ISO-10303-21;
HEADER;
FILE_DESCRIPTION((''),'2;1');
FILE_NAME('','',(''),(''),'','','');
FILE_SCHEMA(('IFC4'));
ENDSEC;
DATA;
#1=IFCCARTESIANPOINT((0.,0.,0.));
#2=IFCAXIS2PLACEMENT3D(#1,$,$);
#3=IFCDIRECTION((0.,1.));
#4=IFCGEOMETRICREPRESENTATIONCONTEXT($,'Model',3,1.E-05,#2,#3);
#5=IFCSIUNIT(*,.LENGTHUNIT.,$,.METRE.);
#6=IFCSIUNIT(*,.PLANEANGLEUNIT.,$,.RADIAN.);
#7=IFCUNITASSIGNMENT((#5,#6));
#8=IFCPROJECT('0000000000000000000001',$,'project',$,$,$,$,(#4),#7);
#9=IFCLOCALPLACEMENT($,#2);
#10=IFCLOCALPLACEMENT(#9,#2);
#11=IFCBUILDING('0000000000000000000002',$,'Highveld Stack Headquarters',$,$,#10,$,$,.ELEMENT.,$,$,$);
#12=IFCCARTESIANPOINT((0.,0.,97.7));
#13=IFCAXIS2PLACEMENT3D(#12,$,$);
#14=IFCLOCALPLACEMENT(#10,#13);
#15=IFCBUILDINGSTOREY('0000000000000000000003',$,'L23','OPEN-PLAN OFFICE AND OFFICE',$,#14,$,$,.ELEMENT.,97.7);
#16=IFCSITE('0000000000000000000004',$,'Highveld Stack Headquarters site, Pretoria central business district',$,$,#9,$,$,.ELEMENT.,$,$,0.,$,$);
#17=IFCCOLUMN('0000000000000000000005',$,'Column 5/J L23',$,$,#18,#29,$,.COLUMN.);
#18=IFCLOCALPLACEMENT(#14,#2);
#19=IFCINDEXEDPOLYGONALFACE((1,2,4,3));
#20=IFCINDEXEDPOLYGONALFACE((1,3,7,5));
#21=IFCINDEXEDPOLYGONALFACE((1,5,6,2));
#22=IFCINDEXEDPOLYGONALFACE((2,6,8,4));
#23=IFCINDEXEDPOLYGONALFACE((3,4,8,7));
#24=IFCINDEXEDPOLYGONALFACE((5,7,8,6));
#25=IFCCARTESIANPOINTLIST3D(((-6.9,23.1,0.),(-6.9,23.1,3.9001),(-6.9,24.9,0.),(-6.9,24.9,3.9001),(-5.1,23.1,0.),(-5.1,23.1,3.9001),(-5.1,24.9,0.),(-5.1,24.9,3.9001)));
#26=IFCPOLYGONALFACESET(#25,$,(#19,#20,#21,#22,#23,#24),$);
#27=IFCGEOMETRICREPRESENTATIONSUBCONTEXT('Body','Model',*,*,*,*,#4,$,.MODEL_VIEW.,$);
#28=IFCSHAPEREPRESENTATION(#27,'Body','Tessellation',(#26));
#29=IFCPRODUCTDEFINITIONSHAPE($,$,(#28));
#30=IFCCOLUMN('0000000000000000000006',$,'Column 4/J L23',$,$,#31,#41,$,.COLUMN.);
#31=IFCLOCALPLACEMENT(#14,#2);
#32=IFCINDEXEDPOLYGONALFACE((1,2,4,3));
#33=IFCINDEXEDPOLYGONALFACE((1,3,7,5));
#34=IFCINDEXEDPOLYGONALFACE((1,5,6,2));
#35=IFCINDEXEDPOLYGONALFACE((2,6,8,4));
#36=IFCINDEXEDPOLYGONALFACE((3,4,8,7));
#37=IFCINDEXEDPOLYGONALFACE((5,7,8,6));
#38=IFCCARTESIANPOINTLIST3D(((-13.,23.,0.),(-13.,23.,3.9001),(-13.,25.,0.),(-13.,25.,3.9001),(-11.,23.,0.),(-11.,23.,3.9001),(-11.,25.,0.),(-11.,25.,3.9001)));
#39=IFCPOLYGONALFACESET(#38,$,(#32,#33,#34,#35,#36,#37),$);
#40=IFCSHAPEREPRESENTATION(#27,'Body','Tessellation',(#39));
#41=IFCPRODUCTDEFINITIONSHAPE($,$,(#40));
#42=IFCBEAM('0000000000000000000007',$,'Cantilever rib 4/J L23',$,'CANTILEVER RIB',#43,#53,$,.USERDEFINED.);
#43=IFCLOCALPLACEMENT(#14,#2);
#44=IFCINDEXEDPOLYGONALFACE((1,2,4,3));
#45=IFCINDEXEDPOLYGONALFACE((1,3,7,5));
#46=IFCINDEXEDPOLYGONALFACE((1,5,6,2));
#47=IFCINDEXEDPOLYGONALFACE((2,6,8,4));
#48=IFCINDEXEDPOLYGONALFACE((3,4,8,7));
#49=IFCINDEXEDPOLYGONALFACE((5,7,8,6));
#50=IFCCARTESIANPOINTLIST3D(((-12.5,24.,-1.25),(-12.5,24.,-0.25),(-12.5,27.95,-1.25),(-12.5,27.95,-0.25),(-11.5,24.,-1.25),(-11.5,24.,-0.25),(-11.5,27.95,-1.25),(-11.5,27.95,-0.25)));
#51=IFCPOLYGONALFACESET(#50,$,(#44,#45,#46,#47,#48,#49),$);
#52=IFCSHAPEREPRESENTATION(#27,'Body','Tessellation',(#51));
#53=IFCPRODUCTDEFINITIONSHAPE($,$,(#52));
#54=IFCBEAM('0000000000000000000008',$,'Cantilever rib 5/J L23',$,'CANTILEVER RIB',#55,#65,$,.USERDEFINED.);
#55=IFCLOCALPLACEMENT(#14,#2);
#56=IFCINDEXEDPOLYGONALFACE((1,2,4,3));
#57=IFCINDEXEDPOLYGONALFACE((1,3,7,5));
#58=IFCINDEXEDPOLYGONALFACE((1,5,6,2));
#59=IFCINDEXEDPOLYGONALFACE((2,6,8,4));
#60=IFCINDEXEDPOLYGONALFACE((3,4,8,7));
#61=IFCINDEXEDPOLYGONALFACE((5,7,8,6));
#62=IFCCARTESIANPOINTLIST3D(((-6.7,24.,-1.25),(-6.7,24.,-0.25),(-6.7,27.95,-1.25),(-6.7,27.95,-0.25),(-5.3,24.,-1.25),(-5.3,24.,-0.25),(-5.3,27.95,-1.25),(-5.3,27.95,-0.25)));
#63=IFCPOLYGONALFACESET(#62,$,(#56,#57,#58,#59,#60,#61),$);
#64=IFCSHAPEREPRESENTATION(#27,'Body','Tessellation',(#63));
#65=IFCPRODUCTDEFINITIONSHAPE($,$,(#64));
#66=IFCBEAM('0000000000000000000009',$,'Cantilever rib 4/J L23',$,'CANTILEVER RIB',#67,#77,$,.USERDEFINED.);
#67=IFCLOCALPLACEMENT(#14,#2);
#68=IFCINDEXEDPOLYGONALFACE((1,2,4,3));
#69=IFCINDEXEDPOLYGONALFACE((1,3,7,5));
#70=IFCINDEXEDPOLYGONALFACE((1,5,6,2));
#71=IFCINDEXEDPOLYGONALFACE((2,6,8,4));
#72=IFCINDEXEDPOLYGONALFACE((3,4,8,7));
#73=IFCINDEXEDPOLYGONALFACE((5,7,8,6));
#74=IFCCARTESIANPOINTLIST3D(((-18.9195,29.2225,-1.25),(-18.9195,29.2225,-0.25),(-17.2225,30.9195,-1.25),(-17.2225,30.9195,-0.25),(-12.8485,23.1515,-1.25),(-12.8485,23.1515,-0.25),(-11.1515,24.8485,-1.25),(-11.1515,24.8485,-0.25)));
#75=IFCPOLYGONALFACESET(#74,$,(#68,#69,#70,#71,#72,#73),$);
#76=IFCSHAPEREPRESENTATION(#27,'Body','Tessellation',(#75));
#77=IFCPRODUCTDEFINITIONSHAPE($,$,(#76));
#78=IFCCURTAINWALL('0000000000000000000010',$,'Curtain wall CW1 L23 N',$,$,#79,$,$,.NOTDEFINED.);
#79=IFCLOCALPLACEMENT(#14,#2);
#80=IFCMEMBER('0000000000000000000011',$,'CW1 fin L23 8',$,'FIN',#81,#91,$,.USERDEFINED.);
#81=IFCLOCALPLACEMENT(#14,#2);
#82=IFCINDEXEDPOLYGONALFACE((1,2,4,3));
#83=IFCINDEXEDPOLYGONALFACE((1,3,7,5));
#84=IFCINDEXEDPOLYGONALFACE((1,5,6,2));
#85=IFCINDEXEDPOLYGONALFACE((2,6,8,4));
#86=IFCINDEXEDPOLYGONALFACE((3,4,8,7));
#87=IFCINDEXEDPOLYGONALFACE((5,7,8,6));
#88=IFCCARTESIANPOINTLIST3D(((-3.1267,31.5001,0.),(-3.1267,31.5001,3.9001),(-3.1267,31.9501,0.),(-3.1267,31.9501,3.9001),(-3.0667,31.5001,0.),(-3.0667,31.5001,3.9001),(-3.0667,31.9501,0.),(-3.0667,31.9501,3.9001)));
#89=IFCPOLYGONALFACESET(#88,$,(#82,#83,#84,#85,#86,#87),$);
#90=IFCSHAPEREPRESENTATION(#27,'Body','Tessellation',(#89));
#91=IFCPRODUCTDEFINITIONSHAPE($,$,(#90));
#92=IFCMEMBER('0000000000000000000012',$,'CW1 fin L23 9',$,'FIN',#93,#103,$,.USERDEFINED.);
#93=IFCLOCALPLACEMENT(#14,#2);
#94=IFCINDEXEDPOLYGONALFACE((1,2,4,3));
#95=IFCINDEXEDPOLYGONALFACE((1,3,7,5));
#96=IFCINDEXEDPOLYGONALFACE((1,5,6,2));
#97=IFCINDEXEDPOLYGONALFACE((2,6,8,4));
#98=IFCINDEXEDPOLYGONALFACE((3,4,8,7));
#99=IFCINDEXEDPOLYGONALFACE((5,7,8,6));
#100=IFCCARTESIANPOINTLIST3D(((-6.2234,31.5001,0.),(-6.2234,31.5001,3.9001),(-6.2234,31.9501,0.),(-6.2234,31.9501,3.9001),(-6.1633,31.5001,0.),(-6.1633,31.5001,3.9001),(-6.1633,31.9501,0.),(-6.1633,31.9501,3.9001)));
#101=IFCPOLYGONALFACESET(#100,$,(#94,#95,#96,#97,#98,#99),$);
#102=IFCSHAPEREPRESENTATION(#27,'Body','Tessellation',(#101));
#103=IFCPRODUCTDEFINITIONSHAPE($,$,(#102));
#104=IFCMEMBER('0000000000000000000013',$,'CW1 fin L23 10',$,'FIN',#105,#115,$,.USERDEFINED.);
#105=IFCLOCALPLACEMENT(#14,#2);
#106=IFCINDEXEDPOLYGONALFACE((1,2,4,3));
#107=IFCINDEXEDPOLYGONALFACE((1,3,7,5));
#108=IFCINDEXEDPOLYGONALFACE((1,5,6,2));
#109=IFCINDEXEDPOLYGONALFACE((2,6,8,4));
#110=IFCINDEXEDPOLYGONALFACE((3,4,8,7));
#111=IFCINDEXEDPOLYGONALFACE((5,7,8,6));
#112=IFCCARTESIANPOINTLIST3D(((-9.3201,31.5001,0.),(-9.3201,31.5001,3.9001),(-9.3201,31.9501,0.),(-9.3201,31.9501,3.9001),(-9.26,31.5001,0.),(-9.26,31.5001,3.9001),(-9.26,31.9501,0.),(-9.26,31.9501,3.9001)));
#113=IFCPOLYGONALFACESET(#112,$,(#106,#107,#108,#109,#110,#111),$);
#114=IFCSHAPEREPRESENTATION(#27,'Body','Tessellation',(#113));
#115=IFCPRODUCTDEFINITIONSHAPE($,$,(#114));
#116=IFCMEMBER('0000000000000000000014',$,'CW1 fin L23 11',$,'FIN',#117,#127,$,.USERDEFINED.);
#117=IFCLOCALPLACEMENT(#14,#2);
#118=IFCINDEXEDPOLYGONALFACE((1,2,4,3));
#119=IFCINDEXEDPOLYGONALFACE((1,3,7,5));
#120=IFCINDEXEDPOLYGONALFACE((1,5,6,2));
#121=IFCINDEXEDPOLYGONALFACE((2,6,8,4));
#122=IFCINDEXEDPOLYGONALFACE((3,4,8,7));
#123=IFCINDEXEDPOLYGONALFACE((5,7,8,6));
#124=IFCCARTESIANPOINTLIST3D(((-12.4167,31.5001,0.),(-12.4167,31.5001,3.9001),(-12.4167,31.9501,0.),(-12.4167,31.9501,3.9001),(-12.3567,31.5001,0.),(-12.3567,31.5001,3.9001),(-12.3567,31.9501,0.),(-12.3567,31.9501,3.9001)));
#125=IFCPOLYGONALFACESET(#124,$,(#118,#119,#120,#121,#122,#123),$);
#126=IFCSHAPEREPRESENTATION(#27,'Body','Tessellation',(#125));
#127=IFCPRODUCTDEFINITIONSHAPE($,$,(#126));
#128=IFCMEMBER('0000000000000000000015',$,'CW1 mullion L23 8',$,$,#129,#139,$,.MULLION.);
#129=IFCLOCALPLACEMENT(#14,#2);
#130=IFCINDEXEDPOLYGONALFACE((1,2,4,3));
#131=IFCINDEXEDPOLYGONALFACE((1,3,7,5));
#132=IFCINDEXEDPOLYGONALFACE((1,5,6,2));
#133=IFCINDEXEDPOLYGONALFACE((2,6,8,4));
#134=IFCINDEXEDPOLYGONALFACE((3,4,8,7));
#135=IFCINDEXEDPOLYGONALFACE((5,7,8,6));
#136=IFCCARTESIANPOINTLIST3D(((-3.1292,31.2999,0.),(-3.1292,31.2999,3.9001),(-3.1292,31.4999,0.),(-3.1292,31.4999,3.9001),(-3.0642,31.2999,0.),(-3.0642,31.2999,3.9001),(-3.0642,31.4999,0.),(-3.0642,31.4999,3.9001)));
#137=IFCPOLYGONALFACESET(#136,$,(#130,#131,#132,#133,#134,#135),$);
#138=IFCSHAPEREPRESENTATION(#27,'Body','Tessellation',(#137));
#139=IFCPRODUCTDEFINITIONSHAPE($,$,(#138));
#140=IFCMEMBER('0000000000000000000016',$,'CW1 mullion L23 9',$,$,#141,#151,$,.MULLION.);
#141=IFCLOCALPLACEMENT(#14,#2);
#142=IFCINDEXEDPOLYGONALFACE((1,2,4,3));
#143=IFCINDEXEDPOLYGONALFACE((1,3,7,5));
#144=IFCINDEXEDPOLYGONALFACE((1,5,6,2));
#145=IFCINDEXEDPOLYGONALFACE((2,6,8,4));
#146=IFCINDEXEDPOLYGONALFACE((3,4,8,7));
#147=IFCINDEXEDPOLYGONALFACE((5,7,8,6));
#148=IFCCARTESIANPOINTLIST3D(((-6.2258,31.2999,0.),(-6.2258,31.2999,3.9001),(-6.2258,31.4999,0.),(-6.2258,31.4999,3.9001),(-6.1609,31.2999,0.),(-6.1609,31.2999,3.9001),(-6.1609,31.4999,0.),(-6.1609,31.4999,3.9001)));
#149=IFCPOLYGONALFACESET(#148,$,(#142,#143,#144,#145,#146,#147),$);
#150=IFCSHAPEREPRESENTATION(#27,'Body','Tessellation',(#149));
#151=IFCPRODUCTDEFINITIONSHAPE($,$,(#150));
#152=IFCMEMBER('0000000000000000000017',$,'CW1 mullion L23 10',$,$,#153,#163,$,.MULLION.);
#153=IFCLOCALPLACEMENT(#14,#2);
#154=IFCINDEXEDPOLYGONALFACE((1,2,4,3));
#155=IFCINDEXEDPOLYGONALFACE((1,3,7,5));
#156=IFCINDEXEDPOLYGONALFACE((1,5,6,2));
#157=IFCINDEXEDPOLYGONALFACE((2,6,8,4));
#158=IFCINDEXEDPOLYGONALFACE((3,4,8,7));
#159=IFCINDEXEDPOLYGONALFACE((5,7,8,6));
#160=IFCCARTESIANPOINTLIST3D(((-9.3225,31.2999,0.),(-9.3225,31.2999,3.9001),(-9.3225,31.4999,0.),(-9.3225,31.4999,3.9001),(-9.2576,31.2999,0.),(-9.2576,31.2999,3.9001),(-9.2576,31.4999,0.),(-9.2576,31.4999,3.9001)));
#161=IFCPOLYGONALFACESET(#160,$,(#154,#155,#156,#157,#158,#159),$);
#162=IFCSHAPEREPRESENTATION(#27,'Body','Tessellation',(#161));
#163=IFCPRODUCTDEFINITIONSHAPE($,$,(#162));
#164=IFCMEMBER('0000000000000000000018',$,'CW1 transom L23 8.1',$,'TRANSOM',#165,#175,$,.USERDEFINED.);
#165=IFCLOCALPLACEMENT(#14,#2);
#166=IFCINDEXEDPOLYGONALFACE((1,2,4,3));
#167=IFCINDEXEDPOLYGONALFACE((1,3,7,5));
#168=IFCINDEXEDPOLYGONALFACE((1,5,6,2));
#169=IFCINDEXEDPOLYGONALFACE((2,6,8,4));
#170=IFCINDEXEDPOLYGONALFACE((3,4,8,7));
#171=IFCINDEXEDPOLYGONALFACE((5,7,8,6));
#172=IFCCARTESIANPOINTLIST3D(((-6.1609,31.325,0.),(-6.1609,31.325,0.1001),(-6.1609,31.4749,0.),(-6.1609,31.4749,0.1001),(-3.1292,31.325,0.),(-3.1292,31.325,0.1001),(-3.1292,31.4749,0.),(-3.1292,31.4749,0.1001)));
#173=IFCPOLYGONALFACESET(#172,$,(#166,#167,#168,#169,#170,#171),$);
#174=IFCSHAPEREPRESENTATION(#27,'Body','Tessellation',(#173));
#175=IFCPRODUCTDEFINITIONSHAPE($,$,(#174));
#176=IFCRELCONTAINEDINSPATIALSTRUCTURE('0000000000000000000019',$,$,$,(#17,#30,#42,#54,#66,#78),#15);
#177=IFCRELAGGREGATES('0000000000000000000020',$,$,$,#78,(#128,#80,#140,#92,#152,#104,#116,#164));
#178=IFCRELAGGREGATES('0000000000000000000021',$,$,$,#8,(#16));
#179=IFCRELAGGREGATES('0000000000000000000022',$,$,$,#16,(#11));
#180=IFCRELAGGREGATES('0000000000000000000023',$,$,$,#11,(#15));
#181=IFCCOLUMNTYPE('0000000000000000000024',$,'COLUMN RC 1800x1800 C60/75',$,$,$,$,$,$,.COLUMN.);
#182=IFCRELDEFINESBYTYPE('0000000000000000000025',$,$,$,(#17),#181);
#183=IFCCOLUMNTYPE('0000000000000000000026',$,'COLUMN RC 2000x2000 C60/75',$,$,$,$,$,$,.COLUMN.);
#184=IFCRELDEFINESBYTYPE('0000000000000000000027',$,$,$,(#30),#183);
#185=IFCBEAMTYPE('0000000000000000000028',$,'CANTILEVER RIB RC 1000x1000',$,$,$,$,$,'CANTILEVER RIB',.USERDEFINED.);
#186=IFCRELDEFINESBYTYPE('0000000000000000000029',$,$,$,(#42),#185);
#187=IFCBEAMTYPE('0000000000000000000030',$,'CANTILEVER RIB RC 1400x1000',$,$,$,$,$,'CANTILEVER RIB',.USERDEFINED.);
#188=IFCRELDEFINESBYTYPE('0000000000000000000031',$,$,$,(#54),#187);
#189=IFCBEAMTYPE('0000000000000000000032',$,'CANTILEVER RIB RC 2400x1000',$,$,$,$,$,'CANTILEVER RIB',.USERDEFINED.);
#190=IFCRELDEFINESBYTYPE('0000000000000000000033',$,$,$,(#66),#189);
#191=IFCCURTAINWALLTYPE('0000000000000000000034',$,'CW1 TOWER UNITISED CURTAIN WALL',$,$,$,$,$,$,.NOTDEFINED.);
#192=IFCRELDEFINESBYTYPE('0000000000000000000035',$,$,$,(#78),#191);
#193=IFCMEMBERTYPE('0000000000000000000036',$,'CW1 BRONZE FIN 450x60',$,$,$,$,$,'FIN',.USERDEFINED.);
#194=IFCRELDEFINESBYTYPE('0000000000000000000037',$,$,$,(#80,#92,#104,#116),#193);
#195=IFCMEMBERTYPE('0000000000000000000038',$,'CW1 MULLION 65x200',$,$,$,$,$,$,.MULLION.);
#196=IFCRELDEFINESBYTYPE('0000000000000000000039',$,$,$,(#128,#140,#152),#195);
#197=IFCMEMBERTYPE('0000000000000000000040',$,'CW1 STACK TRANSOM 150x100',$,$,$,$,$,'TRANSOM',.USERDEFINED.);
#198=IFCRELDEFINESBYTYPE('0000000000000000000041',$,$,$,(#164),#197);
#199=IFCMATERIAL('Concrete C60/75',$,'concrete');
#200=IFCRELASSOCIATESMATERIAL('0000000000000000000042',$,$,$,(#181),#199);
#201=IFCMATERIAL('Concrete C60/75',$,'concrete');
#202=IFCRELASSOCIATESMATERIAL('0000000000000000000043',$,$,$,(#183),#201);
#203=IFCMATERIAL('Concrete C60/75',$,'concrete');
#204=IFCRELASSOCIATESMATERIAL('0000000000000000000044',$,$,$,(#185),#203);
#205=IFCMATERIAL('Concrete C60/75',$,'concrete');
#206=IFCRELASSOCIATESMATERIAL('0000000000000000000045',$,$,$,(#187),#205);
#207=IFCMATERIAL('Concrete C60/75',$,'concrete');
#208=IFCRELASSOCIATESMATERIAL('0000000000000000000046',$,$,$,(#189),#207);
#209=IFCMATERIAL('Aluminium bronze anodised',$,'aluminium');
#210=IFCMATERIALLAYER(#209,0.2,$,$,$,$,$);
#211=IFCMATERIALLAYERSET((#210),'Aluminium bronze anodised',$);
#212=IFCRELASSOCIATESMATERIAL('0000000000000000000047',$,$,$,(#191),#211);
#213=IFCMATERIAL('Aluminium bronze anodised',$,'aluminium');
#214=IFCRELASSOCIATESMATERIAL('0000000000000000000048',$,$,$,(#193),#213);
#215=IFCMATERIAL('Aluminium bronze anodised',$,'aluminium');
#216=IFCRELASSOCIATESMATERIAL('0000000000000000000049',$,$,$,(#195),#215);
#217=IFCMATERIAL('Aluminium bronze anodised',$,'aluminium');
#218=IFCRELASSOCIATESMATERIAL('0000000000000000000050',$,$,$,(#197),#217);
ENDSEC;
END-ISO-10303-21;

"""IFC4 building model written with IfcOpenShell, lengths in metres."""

from ifc_helpers import new_model, si_unit, direction, frame, origin, origin_2d, place, context, subcontext, project, spatial, rectangle, extrude, material, layer, layer_set, material_profile, profile_set, type_object, element, aggregate, save


model = new_model("IFC4")

# Units and contexts
model_context = context("Model", 3, precision=1e-05, world=origin(), true_north=direction((0.0, 1.0)))
body_context = subcontext(model_context, "Body", "Model", "MODEL_VIEW")
ifc_project = project(units=[si_unit("LENGTHUNIT", "METRE"), si_unit("PLANEANGLEUNIT", "RADIAN")], contexts=[model_context])

# Site, building, storey
site_placement = place(None, origin())
site = spatial("IfcSite", under=ifc_project, at=site_placement, Name="Highveld Stack Headquarters site, Pretoria central business district", CompositionType="ELEMENT", RefElevation=0.0)
building_placement = place(site_placement, origin())
building = spatial("IfcBuilding", under=site, at=building_placement, Name="Highveld Stack Headquarters", CompositionType="ELEMENT")
storey_placement = place(building_placement, frame((0.0, 0.0, 97.7)))
storey = spatial("IfcBuildingStorey", under=building, at=storey_placement, Name="L23", Description="OPEN-PLAN OFFICE AND OFFICE", CompositionType="ELEMENT", Elevation=97.7)

# Columns
ifc_material_1 = material(Name="Concrete C60/75", Category="concrete")
ifc_material_profile_1 = material_profile(ifc_material_1, rectangle(XDim=1.8, YDim=1.8, at=origin_2d()), Name="RC 1800x1800")
ifc_profile_set_1 = profile_set([ifc_material_profile_1], Name="Concrete C60/75")
column_type_1 = type_object("IfcColumnType", Name="COLUMN RC 1800x1800 C60/75", PredefinedType="COLUMN", material=ifc_profile_set_1)
column_1_placement = place(storey_placement, frame((-6.0, 24.0, 0.0), z_axis=(0.0, 0.0, 1.0), x_axis=(1.0, 0.0, 0.0)))
element("IfcColumn", 1, at=column_1_placement, inside=storey, type_object=column_type_1, Name="Column 5/J L23", PredefinedType="COLUMN", context=body_context, shape_type="SweptSolid", body=[
    extrude(rectangle(XDim=1.8, YDim=1.8, at=origin_2d()), origin(), (0.0, 0.0, 1.0), 3.9001),
])
ifc_material_2 = material(Name="Concrete C60/75", Category="concrete")
ifc_material_profile_2 = material_profile(ifc_material_2, rectangle(XDim=2.0, YDim=2.0, at=origin_2d()), Name="RC 2000x2000")
ifc_profile_set_2 = profile_set([ifc_material_profile_2], Name="Concrete C60/75")
column_type_2 = type_object("IfcColumnType", Name="COLUMN RC 2000x2000 C60/75", PredefinedType="COLUMN", material=ifc_profile_set_2)
column_2_placement = place(storey_placement, frame((-12.0, 24.0, 0.0), z_axis=(0.0, 0.0, 1.0), x_axis=(1.0, 0.0, 0.0)))
element("IfcColumn", 2, at=column_2_placement, inside=storey, type_object=column_type_2, Name="Column 4/J L23", PredefinedType="COLUMN", context=body_context, shape_type="SweptSolid", body=[
    extrude(rectangle(XDim=2.0, YDim=2.0, at=origin_2d()), origin(), (0.0, 0.0, 1.0), 3.9001),
])

# Beams
ifc_material_3 = material(Name="Concrete C60/75", Category="concrete")
ifc_material_profile_3 = material_profile(ifc_material_3, rectangle(XDim=1.0, YDim=1.0, at=origin_2d()), Name="RC 1000x1000")
ifc_profile_set_3 = profile_set([ifc_material_profile_3], Name="Concrete C60/75")
beam_type_1 = type_object("IfcBeamType", Name="CANTILEVER RIB RC 1000x1000", ElementType="CANTILEVER RIB", PredefinedType="USERDEFINED", material=ifc_profile_set_3)
beam_1_placement = place(storey_placement, frame((-12.0, 24.0, -0.75), z_axis=(0.0, 1.0, 0.0), x_axis=(-1.0, 0.0, 0.0)))
element("IfcBeam", 3, at=beam_1_placement, inside=storey, type_object=beam_type_1, Name="Cantilever rib 4/J L23", ObjectType="CANTILEVER RIB", PredefinedType="USERDEFINED", context=body_context, shape_type="SweptSolid", body=[
    extrude(rectangle(XDim=1.0, YDim=1.0, at=origin_2d()), origin(), (0.0, 0.0, 1.0), 3.95),
])
ifc_material_4 = material(Name="Concrete C60/75", Category="concrete")
ifc_material_profile_4 = material_profile(ifc_material_4, rectangle(XDim=1.3999, YDim=1.0, at=origin_2d()), Name="RC 1400x1000")
ifc_profile_set_4 = profile_set([ifc_material_profile_4], Name="Concrete C60/75")
beam_type_2 = type_object("IfcBeamType", Name="CANTILEVER RIB RC 1400x1000", ElementType="CANTILEVER RIB", PredefinedType="USERDEFINED", material=ifc_profile_set_4)
beam_2_placement = place(storey_placement, frame((-6.0, 24.0, -0.75), z_axis=(0.0, 1.0, 0.0), x_axis=(-1.0, 0.0, 0.0)))
element("IfcBeam", 4, at=beam_2_placement, inside=storey, type_object=beam_type_2, Name="Cantilever rib 5/J L23", ObjectType="CANTILEVER RIB", PredefinedType="USERDEFINED", context=body_context, shape_type="SweptSolid", body=[
    extrude(rectangle(XDim=1.3999, YDim=1.0, at=origin_2d()), origin(), (0.0, 0.0, 1.0), 3.95),
])
ifc_material_5 = material(Name="Concrete C60/75", Category="concrete")
ifc_material_profile_5 = material_profile(ifc_material_5, rectangle(XDim=2.3999, YDim=1.0, at=origin_2d()), Name="RC 2400x1000")
ifc_profile_set_5 = profile_set([ifc_material_profile_5], Name="Concrete C60/75")
beam_type_3 = type_object("IfcBeamType", Name="CANTILEVER RIB RC 2400x1000", ElementType="CANTILEVER RIB", PredefinedType="USERDEFINED", material=ifc_profile_set_5)
beam_3_placement = place(storey_placement, frame((-12.0, 24.0, -0.75), z_axis=(-0.707107, 0.707107, 0.0), x_axis=(-0.707107, -0.707107, 0.0)))
element("IfcBeam", 5, at=beam_3_placement, inside=storey, type_object=beam_type_3, Name="Cantilever rib 4/J L23", ObjectType="CANTILEVER RIB", PredefinedType="USERDEFINED", context=body_context, shape_type="SweptSolid", body=[
    extrude(rectangle(XDim=2.3999, YDim=1.0, at=origin_2d()), origin(), (0.0, 0.0, 1.0), 8.5857),
])

# Curtain wall, members
ifc_material_6 = material(Name="Aluminium bronze anodised", Category="aluminium")
ifc_layer_1 = layer(ifc_material_6, 0.2)
ifc_layer_set_1 = layer_set([ifc_layer_1], Name="Aluminium bronze anodised")
curtain_wall_type = type_object("IfcCurtainWallType", Name="CW1 TOWER UNITISED CURTAIN WALL", PredefinedType="NOTDEFINED", material=ifc_layer_set_1)
curtain_wall_placement = place(storey_placement, origin())
curtain_wall = element("IfcCurtainWall", 6, at=curtain_wall_placement, inside=storey, type_object=curtain_wall_type, Name="Curtain wall CW1 L23 N", PredefinedType="NOTDEFINED")
ifc_material_7 = material(Name="Aluminium bronze anodised", Category="aluminium")
ifc_material_profile_6 = material_profile(ifc_material_7, rectangle(XDim=0.45, YDim=0.0601, at=origin_2d()), Name="FIN 450x60")
ifc_profile_set_6 = profile_set([ifc_material_profile_6], Name="Aluminium bronze anodised")
member_type_1 = type_object("IfcMemberType", Name="CW1 BRONZE FIN 450x60", ElementType="FIN", PredefinedType="USERDEFINED", material=ifc_profile_set_6)
member_1_placement = place(storey_placement, frame((-3.0967, 31.7251, 0.0), z_axis=(0.0, 0.0, 1.0), x_axis=(0.0, -1.0, 0.0)))
member_1 = element("IfcMember", 7, at=member_1_placement, type_object=member_type_1, Name="CW1 fin L23 8", ObjectType="FIN", PredefinedType="USERDEFINED", context=body_context, shape_type="SweptSolid", body=[
    extrude(rectangle(XDim=0.45, YDim=0.0601, at=origin_2d()), origin(), (0.0, 0.0, 1.0), 3.9001),
])
member_2_placement = place(storey_placement, frame((-6.1934, 31.7251, 0.0), z_axis=(0.0, 0.0, 1.0), x_axis=(0.0, -1.0, 0.0)))
member_2 = element("IfcMember", 8, at=member_2_placement, type_object=member_type_1, Name="CW1 fin L23 9", ObjectType="FIN", PredefinedType="USERDEFINED", context=body_context, shape_type="SweptSolid", body=[
    extrude(rectangle(XDim=0.45, YDim=0.0601, at=origin_2d()), origin(), (0.0, 0.0, 1.0), 3.9001),
])
member_3_placement = place(storey_placement, frame((-9.29, 31.7251, 0.0), z_axis=(0.0, 0.0, 1.0), x_axis=(0.0, -1.0, 0.0)))
member_3 = element("IfcMember", 9, at=member_3_placement, type_object=member_type_1, Name="CW1 fin L23 10", ObjectType="FIN", PredefinedType="USERDEFINED", context=body_context, shape_type="SweptSolid", body=[
    extrude(rectangle(XDim=0.45, YDim=0.0601, at=origin_2d()), origin(), (0.0, 0.0, 1.0), 3.9001),
])
member_4_placement = place(storey_placement, frame((-12.3867, 31.7251, 0.0), z_axis=(0.0, 0.0, 1.0), x_axis=(0.0, -1.0, 0.0)))
member_4 = element("IfcMember", 10, at=member_4_placement, type_object=member_type_1, Name="CW1 fin L23 11", ObjectType="FIN", PredefinedType="USERDEFINED", context=body_context, shape_type="SweptSolid", body=[
    extrude(rectangle(XDim=0.45, YDim=0.0601, at=origin_2d()), origin(), (0.0, 0.0, 1.0), 3.9001),
])
ifc_material_8 = material(Name="Aluminium bronze anodised", Category="aluminium")
ifc_material_profile_7 = material_profile(ifc_material_8, rectangle(XDim=0.2, YDim=0.0649, at=origin_2d()), Name="CW1 MULLION 65x200")
ifc_profile_set_7 = profile_set([ifc_material_profile_7], Name="Aluminium bronze anodised")
member_type_2 = type_object("IfcMemberType", Name="CW1 MULLION 65x200", PredefinedType="MULLION", material=ifc_profile_set_7)
member_5_placement = place(storey_placement, frame((-3.0967, 31.3999, 0.0), z_axis=(0.0, 0.0, 1.0), x_axis=(0.0, -1.0, 0.0)))
member_5 = element("IfcMember", 11, at=member_5_placement, type_object=member_type_2, Name="CW1 mullion L23 8", PredefinedType="MULLION", context=body_context, shape_type="SweptSolid", body=[
    extrude(rectangle(XDim=0.2, YDim=0.0649, at=origin_2d()), origin(), (0.0, 0.0, 1.0), 3.9001),
])
member_6_placement = place(storey_placement, frame((-6.1934, 31.3999, 0.0), z_axis=(0.0, 0.0, 1.0), x_axis=(0.0, -1.0, 0.0)))
member_6 = element("IfcMember", 12, at=member_6_placement, type_object=member_type_2, Name="CW1 mullion L23 9", PredefinedType="MULLION", context=body_context, shape_type="SweptSolid", body=[
    extrude(rectangle(XDim=0.2, YDim=0.0649, at=origin_2d()), origin(), (0.0, 0.0, 1.0), 3.9001),
])
member_7_placement = place(storey_placement, frame((-9.29, 31.3999, 0.0), z_axis=(0.0, 0.0, 1.0), x_axis=(0.0, -1.0, 0.0)))
member_7 = element("IfcMember", 13, at=member_7_placement, type_object=member_type_2, Name="CW1 mullion L23 10", PredefinedType="MULLION", context=body_context, shape_type="SweptSolid", body=[
    extrude(rectangle(XDim=0.2, YDim=0.0649, at=origin_2d()), origin(), (0.0, 0.0, 1.0), 3.9001),
])
ifc_material_9 = material(Name="Aluminium bronze anodised", Category="aluminium")
ifc_material_profile_8 = material_profile(ifc_material_9, rectangle(XDim=0.1499, YDim=0.1001, at=origin_2d()), Name="CW1 TRANSOM 150x100")
ifc_profile_set_8 = profile_set([ifc_material_profile_8], Name="Aluminium bronze anodised")
member_type_3 = type_object("IfcMemberType", Name="CW1 STACK TRANSOM 150x100", ElementType="TRANSOM", PredefinedType="USERDEFINED", material=ifc_profile_set_8)
member_8_placement = place(storey_placement, frame((-3.1292, 31.3999, 0.05), z_axis=(-1.0, 0.0, 0.0), x_axis=(0.0, -1.0, 0.0)))
member_8 = element("IfcMember", 14, at=member_8_placement, type_object=member_type_3, Name="CW1 transom L23 8.1", ObjectType="TRANSOM", PredefinedType="USERDEFINED", context=body_context, shape_type="SweptSolid", body=[
    extrude(rectangle(XDim=0.1499, YDim=0.1001, at=origin_2d()), origin(), (0.0, 0.0, 1.0), 3.0317),
])

aggregate(curtain_wall, [member_5, member_1, member_6, member_2, member_7, member_3, member_4, member_8])

save(model, "model.ifc")
